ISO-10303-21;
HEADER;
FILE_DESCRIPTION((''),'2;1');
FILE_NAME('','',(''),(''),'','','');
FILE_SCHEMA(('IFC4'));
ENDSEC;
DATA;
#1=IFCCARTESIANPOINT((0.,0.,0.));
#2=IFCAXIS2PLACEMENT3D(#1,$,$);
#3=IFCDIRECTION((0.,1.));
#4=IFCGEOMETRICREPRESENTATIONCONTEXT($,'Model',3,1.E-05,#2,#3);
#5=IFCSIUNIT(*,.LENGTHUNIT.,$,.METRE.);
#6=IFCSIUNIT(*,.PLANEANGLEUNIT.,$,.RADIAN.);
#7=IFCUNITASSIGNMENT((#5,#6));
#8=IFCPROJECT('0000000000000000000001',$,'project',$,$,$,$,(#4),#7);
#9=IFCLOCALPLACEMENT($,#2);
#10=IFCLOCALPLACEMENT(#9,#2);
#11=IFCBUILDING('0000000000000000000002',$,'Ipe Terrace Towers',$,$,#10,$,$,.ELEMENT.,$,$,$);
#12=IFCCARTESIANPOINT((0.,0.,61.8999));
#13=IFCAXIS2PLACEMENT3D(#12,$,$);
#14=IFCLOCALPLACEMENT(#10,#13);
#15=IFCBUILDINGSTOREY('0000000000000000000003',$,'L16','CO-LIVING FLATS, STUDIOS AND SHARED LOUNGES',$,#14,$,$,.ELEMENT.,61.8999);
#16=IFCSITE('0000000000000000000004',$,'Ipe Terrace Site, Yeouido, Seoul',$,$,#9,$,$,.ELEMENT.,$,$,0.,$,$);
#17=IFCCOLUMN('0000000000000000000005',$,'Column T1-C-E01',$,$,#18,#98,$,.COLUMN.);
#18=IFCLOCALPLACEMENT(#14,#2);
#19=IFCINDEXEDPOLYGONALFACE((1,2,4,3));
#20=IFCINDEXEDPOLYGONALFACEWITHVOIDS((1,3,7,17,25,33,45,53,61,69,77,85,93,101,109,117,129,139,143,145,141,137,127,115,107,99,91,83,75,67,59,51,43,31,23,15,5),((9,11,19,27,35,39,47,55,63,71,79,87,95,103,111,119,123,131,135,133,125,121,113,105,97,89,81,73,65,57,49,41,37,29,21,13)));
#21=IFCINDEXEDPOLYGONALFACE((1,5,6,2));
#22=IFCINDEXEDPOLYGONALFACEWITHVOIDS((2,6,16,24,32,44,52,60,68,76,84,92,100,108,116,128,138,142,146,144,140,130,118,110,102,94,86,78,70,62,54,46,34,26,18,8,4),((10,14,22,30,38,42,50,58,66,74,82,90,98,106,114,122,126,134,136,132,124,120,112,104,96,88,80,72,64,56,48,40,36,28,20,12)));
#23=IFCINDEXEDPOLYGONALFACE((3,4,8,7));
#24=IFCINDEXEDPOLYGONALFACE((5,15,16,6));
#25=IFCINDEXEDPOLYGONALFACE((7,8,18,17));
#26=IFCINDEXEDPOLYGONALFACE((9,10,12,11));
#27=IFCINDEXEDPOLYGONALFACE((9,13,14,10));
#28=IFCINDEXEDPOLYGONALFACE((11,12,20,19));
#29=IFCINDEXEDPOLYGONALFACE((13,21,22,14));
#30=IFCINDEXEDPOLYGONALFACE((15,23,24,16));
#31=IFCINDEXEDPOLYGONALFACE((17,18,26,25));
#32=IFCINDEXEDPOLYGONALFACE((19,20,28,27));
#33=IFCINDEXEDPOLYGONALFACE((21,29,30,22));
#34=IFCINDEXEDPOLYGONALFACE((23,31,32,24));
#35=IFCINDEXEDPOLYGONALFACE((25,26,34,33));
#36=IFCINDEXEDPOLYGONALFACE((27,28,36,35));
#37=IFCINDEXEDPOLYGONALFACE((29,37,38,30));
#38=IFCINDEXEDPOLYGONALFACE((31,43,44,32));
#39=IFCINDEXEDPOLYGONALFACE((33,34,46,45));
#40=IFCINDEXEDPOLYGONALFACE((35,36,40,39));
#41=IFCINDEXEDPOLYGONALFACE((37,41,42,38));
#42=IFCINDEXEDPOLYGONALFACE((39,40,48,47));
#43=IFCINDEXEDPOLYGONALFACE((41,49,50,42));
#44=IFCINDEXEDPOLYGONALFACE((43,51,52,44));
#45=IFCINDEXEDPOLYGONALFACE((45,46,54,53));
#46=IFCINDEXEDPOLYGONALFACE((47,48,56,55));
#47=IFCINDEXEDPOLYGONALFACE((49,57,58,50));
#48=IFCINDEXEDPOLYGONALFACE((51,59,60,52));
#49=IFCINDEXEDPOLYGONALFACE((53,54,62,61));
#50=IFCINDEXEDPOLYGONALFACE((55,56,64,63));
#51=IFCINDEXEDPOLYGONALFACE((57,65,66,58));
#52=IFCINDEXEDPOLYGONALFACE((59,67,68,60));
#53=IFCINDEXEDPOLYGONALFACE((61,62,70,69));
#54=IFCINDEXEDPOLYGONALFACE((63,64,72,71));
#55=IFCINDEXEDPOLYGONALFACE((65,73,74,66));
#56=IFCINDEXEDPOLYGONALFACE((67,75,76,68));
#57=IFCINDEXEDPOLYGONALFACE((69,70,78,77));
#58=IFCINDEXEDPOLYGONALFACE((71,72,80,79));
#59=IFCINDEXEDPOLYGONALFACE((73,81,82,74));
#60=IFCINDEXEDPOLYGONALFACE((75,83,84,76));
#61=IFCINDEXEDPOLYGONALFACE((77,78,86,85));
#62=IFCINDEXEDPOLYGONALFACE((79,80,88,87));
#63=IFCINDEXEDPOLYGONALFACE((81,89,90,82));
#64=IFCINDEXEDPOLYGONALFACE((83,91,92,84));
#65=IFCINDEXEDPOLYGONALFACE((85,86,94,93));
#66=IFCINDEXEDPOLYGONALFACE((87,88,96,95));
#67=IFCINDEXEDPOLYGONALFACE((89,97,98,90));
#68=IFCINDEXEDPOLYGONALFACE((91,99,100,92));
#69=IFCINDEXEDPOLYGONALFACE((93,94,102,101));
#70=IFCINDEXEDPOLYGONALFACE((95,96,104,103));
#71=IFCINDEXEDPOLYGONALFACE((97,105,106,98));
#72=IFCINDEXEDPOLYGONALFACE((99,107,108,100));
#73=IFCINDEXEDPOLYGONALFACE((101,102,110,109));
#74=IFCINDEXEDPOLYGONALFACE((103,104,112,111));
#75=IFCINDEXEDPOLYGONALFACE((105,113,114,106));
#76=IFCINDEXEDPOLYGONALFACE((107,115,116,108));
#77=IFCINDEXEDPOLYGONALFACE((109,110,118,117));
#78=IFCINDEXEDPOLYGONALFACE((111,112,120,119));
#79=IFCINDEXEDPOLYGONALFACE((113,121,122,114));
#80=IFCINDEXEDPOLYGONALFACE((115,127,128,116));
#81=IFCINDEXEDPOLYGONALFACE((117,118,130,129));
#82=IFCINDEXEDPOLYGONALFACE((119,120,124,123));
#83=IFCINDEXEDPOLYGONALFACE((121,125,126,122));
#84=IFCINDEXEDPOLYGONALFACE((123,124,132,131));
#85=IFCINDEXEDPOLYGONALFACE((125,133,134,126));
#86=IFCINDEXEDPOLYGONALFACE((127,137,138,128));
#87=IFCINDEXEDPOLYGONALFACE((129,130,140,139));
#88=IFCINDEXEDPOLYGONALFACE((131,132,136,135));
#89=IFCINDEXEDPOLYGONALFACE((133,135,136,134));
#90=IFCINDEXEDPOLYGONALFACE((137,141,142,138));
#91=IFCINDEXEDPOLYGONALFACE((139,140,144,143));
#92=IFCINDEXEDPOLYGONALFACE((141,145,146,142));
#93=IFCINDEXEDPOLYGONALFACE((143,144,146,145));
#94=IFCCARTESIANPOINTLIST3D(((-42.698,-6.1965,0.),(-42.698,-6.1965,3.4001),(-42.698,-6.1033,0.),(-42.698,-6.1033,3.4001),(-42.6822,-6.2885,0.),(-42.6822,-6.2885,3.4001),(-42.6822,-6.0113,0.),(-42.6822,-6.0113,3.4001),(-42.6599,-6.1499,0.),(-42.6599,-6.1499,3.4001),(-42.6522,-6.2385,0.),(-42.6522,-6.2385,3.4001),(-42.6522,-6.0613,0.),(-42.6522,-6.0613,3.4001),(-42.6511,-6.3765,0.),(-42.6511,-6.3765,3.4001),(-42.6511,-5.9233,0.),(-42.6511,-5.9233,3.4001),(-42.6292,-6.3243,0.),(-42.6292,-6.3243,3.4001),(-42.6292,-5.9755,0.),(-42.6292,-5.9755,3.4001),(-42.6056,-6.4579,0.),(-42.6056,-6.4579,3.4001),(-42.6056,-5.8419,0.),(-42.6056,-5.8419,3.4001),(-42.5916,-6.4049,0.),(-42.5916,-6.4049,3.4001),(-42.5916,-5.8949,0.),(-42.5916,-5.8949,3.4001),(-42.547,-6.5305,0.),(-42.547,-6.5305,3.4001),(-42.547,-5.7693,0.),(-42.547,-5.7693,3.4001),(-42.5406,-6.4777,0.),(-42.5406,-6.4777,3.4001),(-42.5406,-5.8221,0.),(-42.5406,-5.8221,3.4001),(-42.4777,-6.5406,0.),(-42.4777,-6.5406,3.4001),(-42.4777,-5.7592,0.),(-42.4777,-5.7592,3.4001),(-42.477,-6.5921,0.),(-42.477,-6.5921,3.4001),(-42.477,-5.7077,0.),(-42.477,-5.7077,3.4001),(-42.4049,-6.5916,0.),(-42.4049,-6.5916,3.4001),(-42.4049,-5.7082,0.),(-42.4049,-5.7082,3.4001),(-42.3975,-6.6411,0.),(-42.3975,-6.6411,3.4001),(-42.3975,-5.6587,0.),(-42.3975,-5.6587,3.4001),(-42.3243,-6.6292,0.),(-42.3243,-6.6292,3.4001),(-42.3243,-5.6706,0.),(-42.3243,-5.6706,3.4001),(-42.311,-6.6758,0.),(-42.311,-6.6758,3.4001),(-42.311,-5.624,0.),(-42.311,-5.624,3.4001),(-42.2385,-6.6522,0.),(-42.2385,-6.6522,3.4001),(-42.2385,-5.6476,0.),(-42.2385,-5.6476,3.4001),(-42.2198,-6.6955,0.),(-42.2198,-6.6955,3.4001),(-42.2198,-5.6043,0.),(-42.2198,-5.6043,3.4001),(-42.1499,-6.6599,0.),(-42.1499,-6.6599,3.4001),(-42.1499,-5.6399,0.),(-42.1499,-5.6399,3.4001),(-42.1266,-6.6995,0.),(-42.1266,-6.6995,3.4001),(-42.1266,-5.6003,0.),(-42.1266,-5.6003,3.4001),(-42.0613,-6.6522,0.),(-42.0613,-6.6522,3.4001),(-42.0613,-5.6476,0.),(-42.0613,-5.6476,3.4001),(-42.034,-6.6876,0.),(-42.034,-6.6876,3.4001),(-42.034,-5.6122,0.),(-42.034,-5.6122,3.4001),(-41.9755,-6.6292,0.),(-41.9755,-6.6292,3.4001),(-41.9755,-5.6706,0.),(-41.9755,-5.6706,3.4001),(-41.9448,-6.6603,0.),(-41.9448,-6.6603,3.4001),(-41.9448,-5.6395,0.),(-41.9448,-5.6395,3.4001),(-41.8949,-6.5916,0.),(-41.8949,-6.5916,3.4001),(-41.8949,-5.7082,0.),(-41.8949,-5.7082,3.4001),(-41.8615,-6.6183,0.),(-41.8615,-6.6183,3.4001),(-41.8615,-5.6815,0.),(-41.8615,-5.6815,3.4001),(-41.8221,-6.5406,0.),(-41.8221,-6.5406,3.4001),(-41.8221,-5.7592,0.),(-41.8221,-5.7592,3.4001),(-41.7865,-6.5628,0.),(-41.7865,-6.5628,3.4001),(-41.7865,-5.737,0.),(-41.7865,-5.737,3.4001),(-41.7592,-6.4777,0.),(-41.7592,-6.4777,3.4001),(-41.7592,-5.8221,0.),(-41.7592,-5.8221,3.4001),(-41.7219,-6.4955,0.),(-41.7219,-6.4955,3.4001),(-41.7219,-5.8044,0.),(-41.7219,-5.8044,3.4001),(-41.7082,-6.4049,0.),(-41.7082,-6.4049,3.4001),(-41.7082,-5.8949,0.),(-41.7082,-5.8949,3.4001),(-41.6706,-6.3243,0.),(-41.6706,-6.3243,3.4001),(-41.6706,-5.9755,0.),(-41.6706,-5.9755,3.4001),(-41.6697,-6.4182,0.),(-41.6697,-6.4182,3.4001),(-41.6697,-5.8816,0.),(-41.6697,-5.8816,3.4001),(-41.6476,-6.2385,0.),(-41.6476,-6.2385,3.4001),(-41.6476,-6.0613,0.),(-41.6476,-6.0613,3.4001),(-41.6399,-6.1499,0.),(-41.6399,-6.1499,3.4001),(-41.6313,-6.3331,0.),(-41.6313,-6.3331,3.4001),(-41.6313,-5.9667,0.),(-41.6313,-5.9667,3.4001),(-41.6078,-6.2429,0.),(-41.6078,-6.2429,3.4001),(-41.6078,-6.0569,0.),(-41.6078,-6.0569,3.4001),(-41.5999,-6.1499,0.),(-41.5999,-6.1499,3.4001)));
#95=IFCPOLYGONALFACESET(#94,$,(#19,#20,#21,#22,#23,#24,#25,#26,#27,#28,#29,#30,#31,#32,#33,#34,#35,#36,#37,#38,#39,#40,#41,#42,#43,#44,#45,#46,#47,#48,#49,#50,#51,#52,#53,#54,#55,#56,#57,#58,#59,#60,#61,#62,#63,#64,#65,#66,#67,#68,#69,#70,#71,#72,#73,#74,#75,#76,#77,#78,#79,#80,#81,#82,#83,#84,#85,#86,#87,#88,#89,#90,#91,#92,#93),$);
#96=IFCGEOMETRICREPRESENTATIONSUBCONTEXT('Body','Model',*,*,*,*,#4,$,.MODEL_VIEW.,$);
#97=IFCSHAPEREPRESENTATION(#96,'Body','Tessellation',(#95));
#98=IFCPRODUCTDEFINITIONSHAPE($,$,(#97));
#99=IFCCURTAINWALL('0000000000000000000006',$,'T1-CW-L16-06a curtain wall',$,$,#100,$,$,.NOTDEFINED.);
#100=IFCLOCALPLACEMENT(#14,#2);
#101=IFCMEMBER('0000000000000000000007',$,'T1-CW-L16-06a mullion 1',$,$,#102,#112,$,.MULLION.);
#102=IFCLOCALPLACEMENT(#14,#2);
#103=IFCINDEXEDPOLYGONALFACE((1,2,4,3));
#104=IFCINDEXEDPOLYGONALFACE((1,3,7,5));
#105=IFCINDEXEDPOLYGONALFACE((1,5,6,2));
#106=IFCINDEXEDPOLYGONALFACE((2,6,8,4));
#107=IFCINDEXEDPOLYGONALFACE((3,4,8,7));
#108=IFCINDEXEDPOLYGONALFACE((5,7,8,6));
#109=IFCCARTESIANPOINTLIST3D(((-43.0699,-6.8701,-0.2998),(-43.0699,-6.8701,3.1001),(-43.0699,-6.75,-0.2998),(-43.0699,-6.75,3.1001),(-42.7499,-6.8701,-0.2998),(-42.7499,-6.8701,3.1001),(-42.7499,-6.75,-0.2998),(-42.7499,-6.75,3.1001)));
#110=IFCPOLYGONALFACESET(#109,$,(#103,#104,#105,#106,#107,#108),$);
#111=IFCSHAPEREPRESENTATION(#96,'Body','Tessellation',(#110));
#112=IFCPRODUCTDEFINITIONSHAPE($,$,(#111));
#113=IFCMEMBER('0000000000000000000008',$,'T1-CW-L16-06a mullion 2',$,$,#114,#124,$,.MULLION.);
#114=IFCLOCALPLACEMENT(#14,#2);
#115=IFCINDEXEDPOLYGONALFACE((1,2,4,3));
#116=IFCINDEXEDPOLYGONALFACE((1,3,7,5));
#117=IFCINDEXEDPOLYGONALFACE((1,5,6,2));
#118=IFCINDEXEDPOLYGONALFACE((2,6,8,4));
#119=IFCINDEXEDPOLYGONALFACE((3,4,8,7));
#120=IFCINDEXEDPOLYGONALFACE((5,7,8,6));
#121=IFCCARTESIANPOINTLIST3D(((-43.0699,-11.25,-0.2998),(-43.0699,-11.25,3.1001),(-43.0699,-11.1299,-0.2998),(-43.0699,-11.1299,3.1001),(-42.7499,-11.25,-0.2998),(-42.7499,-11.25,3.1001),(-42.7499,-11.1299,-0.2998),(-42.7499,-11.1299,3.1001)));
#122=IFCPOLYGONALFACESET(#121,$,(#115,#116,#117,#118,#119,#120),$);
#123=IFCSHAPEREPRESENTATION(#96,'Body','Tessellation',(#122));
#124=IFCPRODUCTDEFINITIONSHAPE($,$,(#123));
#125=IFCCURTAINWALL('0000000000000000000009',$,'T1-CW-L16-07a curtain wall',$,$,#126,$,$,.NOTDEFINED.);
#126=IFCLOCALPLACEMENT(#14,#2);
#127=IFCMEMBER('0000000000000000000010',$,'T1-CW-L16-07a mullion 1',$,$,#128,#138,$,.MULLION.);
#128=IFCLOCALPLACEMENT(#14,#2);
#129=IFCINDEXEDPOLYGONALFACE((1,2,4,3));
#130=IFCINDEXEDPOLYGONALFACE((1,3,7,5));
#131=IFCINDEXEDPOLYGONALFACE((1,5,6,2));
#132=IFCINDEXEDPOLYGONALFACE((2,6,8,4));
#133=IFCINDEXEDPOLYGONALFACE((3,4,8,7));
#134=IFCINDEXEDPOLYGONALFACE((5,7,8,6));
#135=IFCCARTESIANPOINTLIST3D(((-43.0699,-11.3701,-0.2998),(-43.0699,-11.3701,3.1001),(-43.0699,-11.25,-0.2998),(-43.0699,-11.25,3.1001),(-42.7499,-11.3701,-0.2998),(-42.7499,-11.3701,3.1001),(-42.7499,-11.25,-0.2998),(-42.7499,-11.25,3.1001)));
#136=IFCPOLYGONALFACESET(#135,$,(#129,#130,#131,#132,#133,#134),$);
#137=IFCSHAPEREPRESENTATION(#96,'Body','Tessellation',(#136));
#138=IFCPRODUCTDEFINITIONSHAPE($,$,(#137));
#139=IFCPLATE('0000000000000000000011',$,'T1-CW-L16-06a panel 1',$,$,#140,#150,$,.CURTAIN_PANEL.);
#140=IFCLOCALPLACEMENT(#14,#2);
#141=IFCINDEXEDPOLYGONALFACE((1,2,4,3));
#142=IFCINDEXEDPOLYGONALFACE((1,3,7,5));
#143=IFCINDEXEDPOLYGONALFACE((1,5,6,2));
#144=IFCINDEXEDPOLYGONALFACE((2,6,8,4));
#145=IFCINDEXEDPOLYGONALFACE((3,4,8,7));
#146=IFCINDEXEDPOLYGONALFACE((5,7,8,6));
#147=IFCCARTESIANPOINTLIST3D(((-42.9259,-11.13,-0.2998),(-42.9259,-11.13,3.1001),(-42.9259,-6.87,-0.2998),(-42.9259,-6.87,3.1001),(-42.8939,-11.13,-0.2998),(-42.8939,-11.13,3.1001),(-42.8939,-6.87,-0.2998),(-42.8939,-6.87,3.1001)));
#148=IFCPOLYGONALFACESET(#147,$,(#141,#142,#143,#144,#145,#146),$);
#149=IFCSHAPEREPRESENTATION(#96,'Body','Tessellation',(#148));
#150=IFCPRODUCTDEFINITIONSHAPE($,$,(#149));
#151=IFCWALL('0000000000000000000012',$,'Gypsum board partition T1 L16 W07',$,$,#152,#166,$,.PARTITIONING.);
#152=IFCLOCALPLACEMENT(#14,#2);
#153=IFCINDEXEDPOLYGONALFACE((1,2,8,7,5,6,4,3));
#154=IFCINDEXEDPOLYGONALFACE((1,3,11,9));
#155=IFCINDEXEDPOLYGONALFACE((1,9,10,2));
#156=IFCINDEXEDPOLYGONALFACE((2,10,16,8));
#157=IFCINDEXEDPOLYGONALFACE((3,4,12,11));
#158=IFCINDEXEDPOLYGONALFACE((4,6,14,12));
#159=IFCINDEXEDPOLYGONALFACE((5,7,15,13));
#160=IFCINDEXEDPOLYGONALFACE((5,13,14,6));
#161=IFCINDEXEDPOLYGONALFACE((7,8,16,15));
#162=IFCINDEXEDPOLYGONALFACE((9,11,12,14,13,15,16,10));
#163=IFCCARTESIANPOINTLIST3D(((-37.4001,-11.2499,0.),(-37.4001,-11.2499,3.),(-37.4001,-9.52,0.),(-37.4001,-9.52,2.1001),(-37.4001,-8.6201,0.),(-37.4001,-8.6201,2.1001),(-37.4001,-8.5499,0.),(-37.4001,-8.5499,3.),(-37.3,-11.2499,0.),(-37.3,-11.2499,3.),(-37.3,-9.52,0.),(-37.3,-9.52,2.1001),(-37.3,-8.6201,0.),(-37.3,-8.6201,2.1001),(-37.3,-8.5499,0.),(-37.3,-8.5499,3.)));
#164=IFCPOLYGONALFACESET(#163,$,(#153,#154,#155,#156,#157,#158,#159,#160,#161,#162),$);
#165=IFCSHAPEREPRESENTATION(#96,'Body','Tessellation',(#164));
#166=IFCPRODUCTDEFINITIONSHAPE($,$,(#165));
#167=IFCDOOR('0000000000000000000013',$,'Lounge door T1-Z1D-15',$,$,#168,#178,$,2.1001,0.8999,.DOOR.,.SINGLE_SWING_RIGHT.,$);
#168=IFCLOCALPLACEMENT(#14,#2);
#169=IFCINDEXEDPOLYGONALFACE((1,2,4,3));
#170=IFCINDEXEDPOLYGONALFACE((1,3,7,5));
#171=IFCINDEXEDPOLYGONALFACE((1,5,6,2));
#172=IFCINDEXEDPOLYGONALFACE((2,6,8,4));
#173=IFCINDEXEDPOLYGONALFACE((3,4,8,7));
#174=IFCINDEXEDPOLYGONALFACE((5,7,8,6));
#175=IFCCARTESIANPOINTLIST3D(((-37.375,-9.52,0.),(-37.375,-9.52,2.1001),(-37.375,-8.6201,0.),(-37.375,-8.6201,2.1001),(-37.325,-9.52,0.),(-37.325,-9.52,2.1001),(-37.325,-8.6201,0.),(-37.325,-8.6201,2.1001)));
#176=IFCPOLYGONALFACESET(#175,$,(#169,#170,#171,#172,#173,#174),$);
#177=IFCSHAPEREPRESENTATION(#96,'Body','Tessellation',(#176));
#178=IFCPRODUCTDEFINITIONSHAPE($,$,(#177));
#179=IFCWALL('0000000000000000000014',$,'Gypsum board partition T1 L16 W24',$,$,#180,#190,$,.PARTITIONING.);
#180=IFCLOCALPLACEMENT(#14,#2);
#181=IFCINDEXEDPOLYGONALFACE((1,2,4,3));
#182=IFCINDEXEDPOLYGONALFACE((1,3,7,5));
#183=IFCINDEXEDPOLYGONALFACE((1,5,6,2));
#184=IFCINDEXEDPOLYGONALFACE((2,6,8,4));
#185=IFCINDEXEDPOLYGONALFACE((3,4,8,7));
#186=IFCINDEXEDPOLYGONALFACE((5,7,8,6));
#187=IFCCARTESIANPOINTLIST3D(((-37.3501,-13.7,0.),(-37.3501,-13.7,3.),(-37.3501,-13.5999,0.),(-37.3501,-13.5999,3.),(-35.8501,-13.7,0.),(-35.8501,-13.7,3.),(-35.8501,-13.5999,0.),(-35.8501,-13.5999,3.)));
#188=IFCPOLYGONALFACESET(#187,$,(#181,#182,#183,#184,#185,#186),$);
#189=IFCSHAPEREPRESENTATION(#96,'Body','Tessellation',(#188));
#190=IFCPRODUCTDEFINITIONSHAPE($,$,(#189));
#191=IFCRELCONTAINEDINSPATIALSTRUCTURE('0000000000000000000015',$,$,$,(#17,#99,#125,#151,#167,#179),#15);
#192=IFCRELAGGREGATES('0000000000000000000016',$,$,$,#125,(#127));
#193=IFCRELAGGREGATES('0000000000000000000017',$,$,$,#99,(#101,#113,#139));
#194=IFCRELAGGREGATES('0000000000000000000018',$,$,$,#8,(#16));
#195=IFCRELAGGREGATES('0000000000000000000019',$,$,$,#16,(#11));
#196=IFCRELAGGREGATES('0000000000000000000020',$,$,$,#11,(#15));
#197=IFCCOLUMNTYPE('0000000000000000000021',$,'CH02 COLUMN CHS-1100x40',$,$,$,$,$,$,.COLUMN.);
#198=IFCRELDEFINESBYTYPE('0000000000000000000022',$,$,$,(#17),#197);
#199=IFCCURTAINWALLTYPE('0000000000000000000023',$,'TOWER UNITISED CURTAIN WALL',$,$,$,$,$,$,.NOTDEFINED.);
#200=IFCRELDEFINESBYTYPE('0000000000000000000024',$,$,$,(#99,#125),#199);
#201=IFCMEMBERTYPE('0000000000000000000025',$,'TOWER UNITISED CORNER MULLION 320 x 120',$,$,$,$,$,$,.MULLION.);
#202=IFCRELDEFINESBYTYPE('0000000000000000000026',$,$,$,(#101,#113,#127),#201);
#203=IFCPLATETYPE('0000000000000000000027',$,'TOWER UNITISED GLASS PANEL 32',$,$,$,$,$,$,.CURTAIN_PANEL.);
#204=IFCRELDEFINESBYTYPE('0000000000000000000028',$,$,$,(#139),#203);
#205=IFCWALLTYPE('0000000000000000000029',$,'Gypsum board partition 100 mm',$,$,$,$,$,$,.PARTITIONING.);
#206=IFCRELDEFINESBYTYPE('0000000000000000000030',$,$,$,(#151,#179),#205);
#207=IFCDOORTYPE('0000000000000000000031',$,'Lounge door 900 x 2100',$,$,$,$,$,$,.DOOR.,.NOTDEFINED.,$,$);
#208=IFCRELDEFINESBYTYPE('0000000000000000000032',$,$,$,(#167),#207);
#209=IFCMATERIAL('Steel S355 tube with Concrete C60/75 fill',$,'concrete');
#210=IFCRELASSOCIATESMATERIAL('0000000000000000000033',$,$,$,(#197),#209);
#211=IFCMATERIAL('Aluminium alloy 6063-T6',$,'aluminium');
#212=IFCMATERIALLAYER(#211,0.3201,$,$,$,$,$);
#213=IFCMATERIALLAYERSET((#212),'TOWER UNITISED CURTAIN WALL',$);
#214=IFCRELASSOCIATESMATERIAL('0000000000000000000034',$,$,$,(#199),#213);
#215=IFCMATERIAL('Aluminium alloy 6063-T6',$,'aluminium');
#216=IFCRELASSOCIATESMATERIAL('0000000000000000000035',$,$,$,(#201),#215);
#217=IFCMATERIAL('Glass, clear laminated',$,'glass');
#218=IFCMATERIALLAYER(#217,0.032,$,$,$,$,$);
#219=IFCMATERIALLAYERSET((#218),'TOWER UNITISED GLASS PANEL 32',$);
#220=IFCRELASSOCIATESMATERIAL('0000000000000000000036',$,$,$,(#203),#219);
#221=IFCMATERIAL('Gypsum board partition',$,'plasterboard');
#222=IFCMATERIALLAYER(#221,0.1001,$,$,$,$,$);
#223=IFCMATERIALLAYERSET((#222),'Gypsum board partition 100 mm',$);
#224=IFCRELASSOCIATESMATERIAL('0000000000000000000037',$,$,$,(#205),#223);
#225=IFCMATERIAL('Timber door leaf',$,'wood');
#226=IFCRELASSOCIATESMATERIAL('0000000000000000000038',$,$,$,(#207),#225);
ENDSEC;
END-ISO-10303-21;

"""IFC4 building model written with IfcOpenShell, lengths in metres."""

from ifc_helpers import new_model, si_unit, direction, frame, frame_2d, origin, origin_2d, place, context, subcontext, project, spatial, rectangle, hollow_circle, extrude, material, layer, layer_set, material_profile, profile_set, type_object, element, fill, aggregate, save


model = new_model("IFC4")

# Units and contexts
model_context = context("Model", 3, precision=1e-05, world=origin(), true_north=direction((0.0, 1.0)))
body_context = subcontext(model_context, "Body", "Model", "MODEL_VIEW")
ifc_project = project(units=[si_unit("LENGTHUNIT", "METRE"), si_unit("PLANEANGLEUNIT", "RADIAN")], contexts=[model_context])

# Site, building, storey
site_placement = place(None, origin())
site = spatial("IfcSite", under=ifc_project, at=site_placement, Name="Ipe Terrace Site, Yeouido, Seoul", CompositionType="ELEMENT", RefElevation=0.0)
building_placement = place(site_placement, origin())
building = spatial("IfcBuilding", under=site, at=building_placement, Name="Ipe Terrace Towers", CompositionType="ELEMENT")
storey_placement = place(building_placement, frame((0.0, 0.0, 61.8999)))
storey = spatial("IfcBuildingStorey", under=building, at=storey_placement, Name="L16", Description="CO-LIVING FLATS, STUDIOS AND SHARED LOUNGES", CompositionType="ELEMENT", Elevation=61.8999)

# Column
ifc_material_1 = material(Name="Steel S355 tube with Concrete C60/75 fill", Category="concrete")
ifc_material_profile_1 = material_profile(ifc_material_1, hollow_circle(Radius=0.55, WallThickness=0.04, at=origin_2d()), Name="CHS-1100x40")
ifc_profile_set_1 = profile_set([ifc_material_profile_1], Name="Steel S355 tube with Concrete C60/75 fill")
column_type = type_object("IfcColumnType", Name="CH02 COLUMN CHS-1100x40", PredefinedType="COLUMN", material=ifc_profile_set_1)
column_placement = place(storey_placement, frame((-42.1499, -6.1499, 0.0), z_axis=(0.0, 0.0, 1.0), x_axis=(1.0, 0.0, 0.0)))
element("IfcColumn", 1, at=column_placement, inside=storey, type_object=column_type, Name="Column T1-C-E01", PredefinedType="COLUMN", context=body_context, shape_type="SweptSolid", body=[
    extrude(hollow_circle(Radius=0.55, WallThickness=0.04, at=origin_2d()), origin(), (0.0, 0.0, 1.0), 3.4001),
])

# Curtain wall, members
ifc_material_2 = material(Name="Aluminium alloy 6063-T6", Category="aluminium")
ifc_layer_1 = layer(ifc_material_2, 0.3201)
ifc_layer_set_1 = layer_set([ifc_layer_1], Name="TOWER UNITISED CURTAIN WALL")
curtain_wall_type = type_object("IfcCurtainWallType", Name="TOWER UNITISED CURTAIN WALL", PredefinedType="NOTDEFINED", material=ifc_layer_set_1)
curtain_wall_1_placement = place(storey_placement, origin())
curtain_wall_1 = element("IfcCurtainWall", 2, at=curtain_wall_1_placement, inside=storey, type_object=curtain_wall_type, Name="T1-CW-L16-06a curtain wall", PredefinedType="NOTDEFINED")
ifc_material_3 = material(Name="Aluminium alloy 6063-T6", Category="aluminium")
ifc_material_profile_2 = material_profile(ifc_material_3, rectangle(XDim=0.3201, YDim=0.1201, at=origin_2d()), Name="TOWER UNITISED CORNER MULLION 320 x 120")
ifc_profile_set_2 = profile_set([ifc_material_profile_2], Name="Aluminium alloy 6063-T6")
member_type = type_object("IfcMemberType", Name="TOWER UNITISED CORNER MULLION 320 x 120", PredefinedType="MULLION", material=ifc_profile_set_2)
member_1_placement = place(storey_placement, frame((-42.9099, -6.8101, -0.2998), z_axis=(0.0, 0.0, 1.0), x_axis=(-1.0, 0.0, 0.0)))
member_1 = element("IfcMember", 3, at=member_1_placement, type_object=member_type, Name="T1-CW-L16-06a mullion 1", PredefinedType="MULLION", context=body_context, shape_type="SweptSolid", body=[
    extrude(rectangle(XDim=0.3201, YDim=0.1201, at=origin_2d()), origin(), (0.0, 0.0, 1.0), 3.3999),
])
member_2_placement = place(storey_placement, frame((-42.9099, -11.1899, -0.2998), z_axis=(0.0, 0.0, 1.0), x_axis=(-1.0, 0.0, 0.0)))
member_2 = element("IfcMember", 4, at=member_2_placement, type_object=member_type, Name="T1-CW-L16-06a mullion 2", PredefinedType="MULLION", context=body_context, shape_type="SweptSolid", body=[
    extrude(rectangle(XDim=0.3201, YDim=0.1201, at=origin_2d()), origin(), (0.0, 0.0, 1.0), 3.3999),
])

# Curtain wall, member
curtain_wall_2_placement = place(storey_placement, origin())
curtain_wall_2 = element("IfcCurtainWall", 5, at=curtain_wall_2_placement, inside=storey, type_object=curtain_wall_type, Name="T1-CW-L16-07a curtain wall", PredefinedType="NOTDEFINED")
member_3_placement = place(storey_placement, frame((-42.9099, -11.3101, -0.2998), z_axis=(0.0, 0.0, 1.0), x_axis=(-1.0, 0.0, 0.0)))
member_3 = element("IfcMember", 6, at=member_3_placement, type_object=member_type, Name="T1-CW-L16-07a mullion 1", PredefinedType="MULLION", context=body_context, shape_type="SweptSolid", body=[
    extrude(rectangle(XDim=0.3201, YDim=0.1201, at=origin_2d()), origin(), (0.0, 0.0, 1.0), 3.3999),
])
aggregate(curtain_wall_2, [member_3])

# Plate
ifc_material_4 = material(Name="Glass, clear laminated", Category="glass")
ifc_layer_2 = layer(ifc_material_4, 0.032)
ifc_layer_set_2 = layer_set([ifc_layer_2], Name="TOWER UNITISED GLASS PANEL 32")
plate_type = type_object("IfcPlateType", Name="TOWER UNITISED GLASS PANEL 32", PredefinedType="CURTAIN_PANEL", material=ifc_layer_set_2)
plate_placement = place(storey_placement, frame((-42.9099, -9.0, -0.2998), z_axis=(0.0, 0.0, 1.0), x_axis=(0.0, -1.0, 0.0)))
plate = element("IfcPlate", 7, at=plate_placement, type_object=plate_type, Name="T1-CW-L16-06a panel 1", PredefinedType="CURTAIN_PANEL", context=body_context, shape_type="SweptSolid", body=[
    extrude(rectangle(XDim=4.26, YDim=0.032, at=origin_2d()), origin(), (0.0, 0.0, 1.0), 3.3999),
])
aggregate(curtain_wall_1, [member_1, member_2, plate])

# Wall, opening, door
ifc_material_5 = material(Name="Gypsum board partition", Category="plasterboard")
ifc_layer_3 = layer(ifc_material_5, 0.1001)
ifc_layer_set_3 = layer_set([ifc_layer_3], Name="Gypsum board partition 100 mm")
wall_type_1 = type_object("IfcWallType", Name="Gypsum board partition 100 mm", PredefinedType="PARTITIONING", material=ifc_layer_set_3)
wall_1_placement = place(storey_placement, frame((-37.3501, -11.25, 0.0), z_axis=(0.0, 0.0, 1.0), x_axis=(0.0, 1.0, 0.0)))
wall_1 = element("IfcWall", 8, at=wall_1_placement, inside=storey, type_object=wall_type_1, Name="Gypsum board partition T1 L16 W07", PredefinedType="PARTITIONING", context=body_context, shape_type="SweptSolid", body=[
    extrude(rectangle(XDim=2.7, YDim=0.1001, at=frame_2d((1.3501, 0.0))), origin(), (0.0, 0.0, 1.0), 3.0),
])
opening_1_placement = place(wall_1_placement, frame((1.73, 0.0, 0.0)))
opening_1 = element("IfcOpeningElement", 9, at=opening_1_placement, cuts=wall_1, PredefinedType="OPENING", context=body_context, shape_type="SweptSolid", body=[
    extrude(rectangle(XDim=0.8999, YDim=2.1001, at=frame_2d((0.45, 1.05))), frame((0.0, 0.0601, 0.0), z_axis=(0.0, -1.0, 0.0), x_axis=(1.0, 0.0, 0.0)), (0.0, 0.0, 1.0), 0.1201),
])
ifc_material_6 = material(Name="Timber door leaf", Category="wood")
door_type_1 = type_object("IfcDoorType", Name="Lounge door 900 x 2100", OperationType="NOTDEFINED", PredefinedType="DOOR", material=ifc_material_6)
door_1_placement = place(opening_1_placement, origin())
door_1 = element("IfcDoor", 10, at=door_1_placement, inside=storey, type_object=door_type_1, Name="Lounge door T1-Z1D-15", OperationType="SINGLE_SWING_RIGHT", OverallHeight=2.1001, OverallWidth=0.8999, PredefinedType="DOOR", context=body_context, shape_type="SweptSolid", body=[
    extrude(rectangle(XDim=0.8999, YDim=2.1001, at=frame_2d((0.45, 1.05))), frame((0.0, 0.0249, 0.0), z_axis=(0.0, -1.0, 0.0), x_axis=(1.0, 0.0, 0.0)), (0.0, 0.0, 1.0), 0.05),
])
fill(opening_1, door_1)

# Wall
wall_2_placement = place(storey_placement, frame((-37.3501, -13.6499, 0.0), z_axis=(0.0, 0.0, 1.0), x_axis=(1.0, 0.0, 0.0)))
element("IfcWall", 11, at=wall_2_placement, inside=storey, type_object=wall_type_1, Name="Gypsum board partition T1 L16 W24", PredefinedType="PARTITIONING", context=body_context, shape_type="SweptSolid", body=[
    extrude(rectangle(XDim=1.5, YDim=0.1001, at=frame_2d((0.75, 0.0))), origin(), (0.0, 0.0, 1.0), 3.0),
])

save(model, "model.ifc")
